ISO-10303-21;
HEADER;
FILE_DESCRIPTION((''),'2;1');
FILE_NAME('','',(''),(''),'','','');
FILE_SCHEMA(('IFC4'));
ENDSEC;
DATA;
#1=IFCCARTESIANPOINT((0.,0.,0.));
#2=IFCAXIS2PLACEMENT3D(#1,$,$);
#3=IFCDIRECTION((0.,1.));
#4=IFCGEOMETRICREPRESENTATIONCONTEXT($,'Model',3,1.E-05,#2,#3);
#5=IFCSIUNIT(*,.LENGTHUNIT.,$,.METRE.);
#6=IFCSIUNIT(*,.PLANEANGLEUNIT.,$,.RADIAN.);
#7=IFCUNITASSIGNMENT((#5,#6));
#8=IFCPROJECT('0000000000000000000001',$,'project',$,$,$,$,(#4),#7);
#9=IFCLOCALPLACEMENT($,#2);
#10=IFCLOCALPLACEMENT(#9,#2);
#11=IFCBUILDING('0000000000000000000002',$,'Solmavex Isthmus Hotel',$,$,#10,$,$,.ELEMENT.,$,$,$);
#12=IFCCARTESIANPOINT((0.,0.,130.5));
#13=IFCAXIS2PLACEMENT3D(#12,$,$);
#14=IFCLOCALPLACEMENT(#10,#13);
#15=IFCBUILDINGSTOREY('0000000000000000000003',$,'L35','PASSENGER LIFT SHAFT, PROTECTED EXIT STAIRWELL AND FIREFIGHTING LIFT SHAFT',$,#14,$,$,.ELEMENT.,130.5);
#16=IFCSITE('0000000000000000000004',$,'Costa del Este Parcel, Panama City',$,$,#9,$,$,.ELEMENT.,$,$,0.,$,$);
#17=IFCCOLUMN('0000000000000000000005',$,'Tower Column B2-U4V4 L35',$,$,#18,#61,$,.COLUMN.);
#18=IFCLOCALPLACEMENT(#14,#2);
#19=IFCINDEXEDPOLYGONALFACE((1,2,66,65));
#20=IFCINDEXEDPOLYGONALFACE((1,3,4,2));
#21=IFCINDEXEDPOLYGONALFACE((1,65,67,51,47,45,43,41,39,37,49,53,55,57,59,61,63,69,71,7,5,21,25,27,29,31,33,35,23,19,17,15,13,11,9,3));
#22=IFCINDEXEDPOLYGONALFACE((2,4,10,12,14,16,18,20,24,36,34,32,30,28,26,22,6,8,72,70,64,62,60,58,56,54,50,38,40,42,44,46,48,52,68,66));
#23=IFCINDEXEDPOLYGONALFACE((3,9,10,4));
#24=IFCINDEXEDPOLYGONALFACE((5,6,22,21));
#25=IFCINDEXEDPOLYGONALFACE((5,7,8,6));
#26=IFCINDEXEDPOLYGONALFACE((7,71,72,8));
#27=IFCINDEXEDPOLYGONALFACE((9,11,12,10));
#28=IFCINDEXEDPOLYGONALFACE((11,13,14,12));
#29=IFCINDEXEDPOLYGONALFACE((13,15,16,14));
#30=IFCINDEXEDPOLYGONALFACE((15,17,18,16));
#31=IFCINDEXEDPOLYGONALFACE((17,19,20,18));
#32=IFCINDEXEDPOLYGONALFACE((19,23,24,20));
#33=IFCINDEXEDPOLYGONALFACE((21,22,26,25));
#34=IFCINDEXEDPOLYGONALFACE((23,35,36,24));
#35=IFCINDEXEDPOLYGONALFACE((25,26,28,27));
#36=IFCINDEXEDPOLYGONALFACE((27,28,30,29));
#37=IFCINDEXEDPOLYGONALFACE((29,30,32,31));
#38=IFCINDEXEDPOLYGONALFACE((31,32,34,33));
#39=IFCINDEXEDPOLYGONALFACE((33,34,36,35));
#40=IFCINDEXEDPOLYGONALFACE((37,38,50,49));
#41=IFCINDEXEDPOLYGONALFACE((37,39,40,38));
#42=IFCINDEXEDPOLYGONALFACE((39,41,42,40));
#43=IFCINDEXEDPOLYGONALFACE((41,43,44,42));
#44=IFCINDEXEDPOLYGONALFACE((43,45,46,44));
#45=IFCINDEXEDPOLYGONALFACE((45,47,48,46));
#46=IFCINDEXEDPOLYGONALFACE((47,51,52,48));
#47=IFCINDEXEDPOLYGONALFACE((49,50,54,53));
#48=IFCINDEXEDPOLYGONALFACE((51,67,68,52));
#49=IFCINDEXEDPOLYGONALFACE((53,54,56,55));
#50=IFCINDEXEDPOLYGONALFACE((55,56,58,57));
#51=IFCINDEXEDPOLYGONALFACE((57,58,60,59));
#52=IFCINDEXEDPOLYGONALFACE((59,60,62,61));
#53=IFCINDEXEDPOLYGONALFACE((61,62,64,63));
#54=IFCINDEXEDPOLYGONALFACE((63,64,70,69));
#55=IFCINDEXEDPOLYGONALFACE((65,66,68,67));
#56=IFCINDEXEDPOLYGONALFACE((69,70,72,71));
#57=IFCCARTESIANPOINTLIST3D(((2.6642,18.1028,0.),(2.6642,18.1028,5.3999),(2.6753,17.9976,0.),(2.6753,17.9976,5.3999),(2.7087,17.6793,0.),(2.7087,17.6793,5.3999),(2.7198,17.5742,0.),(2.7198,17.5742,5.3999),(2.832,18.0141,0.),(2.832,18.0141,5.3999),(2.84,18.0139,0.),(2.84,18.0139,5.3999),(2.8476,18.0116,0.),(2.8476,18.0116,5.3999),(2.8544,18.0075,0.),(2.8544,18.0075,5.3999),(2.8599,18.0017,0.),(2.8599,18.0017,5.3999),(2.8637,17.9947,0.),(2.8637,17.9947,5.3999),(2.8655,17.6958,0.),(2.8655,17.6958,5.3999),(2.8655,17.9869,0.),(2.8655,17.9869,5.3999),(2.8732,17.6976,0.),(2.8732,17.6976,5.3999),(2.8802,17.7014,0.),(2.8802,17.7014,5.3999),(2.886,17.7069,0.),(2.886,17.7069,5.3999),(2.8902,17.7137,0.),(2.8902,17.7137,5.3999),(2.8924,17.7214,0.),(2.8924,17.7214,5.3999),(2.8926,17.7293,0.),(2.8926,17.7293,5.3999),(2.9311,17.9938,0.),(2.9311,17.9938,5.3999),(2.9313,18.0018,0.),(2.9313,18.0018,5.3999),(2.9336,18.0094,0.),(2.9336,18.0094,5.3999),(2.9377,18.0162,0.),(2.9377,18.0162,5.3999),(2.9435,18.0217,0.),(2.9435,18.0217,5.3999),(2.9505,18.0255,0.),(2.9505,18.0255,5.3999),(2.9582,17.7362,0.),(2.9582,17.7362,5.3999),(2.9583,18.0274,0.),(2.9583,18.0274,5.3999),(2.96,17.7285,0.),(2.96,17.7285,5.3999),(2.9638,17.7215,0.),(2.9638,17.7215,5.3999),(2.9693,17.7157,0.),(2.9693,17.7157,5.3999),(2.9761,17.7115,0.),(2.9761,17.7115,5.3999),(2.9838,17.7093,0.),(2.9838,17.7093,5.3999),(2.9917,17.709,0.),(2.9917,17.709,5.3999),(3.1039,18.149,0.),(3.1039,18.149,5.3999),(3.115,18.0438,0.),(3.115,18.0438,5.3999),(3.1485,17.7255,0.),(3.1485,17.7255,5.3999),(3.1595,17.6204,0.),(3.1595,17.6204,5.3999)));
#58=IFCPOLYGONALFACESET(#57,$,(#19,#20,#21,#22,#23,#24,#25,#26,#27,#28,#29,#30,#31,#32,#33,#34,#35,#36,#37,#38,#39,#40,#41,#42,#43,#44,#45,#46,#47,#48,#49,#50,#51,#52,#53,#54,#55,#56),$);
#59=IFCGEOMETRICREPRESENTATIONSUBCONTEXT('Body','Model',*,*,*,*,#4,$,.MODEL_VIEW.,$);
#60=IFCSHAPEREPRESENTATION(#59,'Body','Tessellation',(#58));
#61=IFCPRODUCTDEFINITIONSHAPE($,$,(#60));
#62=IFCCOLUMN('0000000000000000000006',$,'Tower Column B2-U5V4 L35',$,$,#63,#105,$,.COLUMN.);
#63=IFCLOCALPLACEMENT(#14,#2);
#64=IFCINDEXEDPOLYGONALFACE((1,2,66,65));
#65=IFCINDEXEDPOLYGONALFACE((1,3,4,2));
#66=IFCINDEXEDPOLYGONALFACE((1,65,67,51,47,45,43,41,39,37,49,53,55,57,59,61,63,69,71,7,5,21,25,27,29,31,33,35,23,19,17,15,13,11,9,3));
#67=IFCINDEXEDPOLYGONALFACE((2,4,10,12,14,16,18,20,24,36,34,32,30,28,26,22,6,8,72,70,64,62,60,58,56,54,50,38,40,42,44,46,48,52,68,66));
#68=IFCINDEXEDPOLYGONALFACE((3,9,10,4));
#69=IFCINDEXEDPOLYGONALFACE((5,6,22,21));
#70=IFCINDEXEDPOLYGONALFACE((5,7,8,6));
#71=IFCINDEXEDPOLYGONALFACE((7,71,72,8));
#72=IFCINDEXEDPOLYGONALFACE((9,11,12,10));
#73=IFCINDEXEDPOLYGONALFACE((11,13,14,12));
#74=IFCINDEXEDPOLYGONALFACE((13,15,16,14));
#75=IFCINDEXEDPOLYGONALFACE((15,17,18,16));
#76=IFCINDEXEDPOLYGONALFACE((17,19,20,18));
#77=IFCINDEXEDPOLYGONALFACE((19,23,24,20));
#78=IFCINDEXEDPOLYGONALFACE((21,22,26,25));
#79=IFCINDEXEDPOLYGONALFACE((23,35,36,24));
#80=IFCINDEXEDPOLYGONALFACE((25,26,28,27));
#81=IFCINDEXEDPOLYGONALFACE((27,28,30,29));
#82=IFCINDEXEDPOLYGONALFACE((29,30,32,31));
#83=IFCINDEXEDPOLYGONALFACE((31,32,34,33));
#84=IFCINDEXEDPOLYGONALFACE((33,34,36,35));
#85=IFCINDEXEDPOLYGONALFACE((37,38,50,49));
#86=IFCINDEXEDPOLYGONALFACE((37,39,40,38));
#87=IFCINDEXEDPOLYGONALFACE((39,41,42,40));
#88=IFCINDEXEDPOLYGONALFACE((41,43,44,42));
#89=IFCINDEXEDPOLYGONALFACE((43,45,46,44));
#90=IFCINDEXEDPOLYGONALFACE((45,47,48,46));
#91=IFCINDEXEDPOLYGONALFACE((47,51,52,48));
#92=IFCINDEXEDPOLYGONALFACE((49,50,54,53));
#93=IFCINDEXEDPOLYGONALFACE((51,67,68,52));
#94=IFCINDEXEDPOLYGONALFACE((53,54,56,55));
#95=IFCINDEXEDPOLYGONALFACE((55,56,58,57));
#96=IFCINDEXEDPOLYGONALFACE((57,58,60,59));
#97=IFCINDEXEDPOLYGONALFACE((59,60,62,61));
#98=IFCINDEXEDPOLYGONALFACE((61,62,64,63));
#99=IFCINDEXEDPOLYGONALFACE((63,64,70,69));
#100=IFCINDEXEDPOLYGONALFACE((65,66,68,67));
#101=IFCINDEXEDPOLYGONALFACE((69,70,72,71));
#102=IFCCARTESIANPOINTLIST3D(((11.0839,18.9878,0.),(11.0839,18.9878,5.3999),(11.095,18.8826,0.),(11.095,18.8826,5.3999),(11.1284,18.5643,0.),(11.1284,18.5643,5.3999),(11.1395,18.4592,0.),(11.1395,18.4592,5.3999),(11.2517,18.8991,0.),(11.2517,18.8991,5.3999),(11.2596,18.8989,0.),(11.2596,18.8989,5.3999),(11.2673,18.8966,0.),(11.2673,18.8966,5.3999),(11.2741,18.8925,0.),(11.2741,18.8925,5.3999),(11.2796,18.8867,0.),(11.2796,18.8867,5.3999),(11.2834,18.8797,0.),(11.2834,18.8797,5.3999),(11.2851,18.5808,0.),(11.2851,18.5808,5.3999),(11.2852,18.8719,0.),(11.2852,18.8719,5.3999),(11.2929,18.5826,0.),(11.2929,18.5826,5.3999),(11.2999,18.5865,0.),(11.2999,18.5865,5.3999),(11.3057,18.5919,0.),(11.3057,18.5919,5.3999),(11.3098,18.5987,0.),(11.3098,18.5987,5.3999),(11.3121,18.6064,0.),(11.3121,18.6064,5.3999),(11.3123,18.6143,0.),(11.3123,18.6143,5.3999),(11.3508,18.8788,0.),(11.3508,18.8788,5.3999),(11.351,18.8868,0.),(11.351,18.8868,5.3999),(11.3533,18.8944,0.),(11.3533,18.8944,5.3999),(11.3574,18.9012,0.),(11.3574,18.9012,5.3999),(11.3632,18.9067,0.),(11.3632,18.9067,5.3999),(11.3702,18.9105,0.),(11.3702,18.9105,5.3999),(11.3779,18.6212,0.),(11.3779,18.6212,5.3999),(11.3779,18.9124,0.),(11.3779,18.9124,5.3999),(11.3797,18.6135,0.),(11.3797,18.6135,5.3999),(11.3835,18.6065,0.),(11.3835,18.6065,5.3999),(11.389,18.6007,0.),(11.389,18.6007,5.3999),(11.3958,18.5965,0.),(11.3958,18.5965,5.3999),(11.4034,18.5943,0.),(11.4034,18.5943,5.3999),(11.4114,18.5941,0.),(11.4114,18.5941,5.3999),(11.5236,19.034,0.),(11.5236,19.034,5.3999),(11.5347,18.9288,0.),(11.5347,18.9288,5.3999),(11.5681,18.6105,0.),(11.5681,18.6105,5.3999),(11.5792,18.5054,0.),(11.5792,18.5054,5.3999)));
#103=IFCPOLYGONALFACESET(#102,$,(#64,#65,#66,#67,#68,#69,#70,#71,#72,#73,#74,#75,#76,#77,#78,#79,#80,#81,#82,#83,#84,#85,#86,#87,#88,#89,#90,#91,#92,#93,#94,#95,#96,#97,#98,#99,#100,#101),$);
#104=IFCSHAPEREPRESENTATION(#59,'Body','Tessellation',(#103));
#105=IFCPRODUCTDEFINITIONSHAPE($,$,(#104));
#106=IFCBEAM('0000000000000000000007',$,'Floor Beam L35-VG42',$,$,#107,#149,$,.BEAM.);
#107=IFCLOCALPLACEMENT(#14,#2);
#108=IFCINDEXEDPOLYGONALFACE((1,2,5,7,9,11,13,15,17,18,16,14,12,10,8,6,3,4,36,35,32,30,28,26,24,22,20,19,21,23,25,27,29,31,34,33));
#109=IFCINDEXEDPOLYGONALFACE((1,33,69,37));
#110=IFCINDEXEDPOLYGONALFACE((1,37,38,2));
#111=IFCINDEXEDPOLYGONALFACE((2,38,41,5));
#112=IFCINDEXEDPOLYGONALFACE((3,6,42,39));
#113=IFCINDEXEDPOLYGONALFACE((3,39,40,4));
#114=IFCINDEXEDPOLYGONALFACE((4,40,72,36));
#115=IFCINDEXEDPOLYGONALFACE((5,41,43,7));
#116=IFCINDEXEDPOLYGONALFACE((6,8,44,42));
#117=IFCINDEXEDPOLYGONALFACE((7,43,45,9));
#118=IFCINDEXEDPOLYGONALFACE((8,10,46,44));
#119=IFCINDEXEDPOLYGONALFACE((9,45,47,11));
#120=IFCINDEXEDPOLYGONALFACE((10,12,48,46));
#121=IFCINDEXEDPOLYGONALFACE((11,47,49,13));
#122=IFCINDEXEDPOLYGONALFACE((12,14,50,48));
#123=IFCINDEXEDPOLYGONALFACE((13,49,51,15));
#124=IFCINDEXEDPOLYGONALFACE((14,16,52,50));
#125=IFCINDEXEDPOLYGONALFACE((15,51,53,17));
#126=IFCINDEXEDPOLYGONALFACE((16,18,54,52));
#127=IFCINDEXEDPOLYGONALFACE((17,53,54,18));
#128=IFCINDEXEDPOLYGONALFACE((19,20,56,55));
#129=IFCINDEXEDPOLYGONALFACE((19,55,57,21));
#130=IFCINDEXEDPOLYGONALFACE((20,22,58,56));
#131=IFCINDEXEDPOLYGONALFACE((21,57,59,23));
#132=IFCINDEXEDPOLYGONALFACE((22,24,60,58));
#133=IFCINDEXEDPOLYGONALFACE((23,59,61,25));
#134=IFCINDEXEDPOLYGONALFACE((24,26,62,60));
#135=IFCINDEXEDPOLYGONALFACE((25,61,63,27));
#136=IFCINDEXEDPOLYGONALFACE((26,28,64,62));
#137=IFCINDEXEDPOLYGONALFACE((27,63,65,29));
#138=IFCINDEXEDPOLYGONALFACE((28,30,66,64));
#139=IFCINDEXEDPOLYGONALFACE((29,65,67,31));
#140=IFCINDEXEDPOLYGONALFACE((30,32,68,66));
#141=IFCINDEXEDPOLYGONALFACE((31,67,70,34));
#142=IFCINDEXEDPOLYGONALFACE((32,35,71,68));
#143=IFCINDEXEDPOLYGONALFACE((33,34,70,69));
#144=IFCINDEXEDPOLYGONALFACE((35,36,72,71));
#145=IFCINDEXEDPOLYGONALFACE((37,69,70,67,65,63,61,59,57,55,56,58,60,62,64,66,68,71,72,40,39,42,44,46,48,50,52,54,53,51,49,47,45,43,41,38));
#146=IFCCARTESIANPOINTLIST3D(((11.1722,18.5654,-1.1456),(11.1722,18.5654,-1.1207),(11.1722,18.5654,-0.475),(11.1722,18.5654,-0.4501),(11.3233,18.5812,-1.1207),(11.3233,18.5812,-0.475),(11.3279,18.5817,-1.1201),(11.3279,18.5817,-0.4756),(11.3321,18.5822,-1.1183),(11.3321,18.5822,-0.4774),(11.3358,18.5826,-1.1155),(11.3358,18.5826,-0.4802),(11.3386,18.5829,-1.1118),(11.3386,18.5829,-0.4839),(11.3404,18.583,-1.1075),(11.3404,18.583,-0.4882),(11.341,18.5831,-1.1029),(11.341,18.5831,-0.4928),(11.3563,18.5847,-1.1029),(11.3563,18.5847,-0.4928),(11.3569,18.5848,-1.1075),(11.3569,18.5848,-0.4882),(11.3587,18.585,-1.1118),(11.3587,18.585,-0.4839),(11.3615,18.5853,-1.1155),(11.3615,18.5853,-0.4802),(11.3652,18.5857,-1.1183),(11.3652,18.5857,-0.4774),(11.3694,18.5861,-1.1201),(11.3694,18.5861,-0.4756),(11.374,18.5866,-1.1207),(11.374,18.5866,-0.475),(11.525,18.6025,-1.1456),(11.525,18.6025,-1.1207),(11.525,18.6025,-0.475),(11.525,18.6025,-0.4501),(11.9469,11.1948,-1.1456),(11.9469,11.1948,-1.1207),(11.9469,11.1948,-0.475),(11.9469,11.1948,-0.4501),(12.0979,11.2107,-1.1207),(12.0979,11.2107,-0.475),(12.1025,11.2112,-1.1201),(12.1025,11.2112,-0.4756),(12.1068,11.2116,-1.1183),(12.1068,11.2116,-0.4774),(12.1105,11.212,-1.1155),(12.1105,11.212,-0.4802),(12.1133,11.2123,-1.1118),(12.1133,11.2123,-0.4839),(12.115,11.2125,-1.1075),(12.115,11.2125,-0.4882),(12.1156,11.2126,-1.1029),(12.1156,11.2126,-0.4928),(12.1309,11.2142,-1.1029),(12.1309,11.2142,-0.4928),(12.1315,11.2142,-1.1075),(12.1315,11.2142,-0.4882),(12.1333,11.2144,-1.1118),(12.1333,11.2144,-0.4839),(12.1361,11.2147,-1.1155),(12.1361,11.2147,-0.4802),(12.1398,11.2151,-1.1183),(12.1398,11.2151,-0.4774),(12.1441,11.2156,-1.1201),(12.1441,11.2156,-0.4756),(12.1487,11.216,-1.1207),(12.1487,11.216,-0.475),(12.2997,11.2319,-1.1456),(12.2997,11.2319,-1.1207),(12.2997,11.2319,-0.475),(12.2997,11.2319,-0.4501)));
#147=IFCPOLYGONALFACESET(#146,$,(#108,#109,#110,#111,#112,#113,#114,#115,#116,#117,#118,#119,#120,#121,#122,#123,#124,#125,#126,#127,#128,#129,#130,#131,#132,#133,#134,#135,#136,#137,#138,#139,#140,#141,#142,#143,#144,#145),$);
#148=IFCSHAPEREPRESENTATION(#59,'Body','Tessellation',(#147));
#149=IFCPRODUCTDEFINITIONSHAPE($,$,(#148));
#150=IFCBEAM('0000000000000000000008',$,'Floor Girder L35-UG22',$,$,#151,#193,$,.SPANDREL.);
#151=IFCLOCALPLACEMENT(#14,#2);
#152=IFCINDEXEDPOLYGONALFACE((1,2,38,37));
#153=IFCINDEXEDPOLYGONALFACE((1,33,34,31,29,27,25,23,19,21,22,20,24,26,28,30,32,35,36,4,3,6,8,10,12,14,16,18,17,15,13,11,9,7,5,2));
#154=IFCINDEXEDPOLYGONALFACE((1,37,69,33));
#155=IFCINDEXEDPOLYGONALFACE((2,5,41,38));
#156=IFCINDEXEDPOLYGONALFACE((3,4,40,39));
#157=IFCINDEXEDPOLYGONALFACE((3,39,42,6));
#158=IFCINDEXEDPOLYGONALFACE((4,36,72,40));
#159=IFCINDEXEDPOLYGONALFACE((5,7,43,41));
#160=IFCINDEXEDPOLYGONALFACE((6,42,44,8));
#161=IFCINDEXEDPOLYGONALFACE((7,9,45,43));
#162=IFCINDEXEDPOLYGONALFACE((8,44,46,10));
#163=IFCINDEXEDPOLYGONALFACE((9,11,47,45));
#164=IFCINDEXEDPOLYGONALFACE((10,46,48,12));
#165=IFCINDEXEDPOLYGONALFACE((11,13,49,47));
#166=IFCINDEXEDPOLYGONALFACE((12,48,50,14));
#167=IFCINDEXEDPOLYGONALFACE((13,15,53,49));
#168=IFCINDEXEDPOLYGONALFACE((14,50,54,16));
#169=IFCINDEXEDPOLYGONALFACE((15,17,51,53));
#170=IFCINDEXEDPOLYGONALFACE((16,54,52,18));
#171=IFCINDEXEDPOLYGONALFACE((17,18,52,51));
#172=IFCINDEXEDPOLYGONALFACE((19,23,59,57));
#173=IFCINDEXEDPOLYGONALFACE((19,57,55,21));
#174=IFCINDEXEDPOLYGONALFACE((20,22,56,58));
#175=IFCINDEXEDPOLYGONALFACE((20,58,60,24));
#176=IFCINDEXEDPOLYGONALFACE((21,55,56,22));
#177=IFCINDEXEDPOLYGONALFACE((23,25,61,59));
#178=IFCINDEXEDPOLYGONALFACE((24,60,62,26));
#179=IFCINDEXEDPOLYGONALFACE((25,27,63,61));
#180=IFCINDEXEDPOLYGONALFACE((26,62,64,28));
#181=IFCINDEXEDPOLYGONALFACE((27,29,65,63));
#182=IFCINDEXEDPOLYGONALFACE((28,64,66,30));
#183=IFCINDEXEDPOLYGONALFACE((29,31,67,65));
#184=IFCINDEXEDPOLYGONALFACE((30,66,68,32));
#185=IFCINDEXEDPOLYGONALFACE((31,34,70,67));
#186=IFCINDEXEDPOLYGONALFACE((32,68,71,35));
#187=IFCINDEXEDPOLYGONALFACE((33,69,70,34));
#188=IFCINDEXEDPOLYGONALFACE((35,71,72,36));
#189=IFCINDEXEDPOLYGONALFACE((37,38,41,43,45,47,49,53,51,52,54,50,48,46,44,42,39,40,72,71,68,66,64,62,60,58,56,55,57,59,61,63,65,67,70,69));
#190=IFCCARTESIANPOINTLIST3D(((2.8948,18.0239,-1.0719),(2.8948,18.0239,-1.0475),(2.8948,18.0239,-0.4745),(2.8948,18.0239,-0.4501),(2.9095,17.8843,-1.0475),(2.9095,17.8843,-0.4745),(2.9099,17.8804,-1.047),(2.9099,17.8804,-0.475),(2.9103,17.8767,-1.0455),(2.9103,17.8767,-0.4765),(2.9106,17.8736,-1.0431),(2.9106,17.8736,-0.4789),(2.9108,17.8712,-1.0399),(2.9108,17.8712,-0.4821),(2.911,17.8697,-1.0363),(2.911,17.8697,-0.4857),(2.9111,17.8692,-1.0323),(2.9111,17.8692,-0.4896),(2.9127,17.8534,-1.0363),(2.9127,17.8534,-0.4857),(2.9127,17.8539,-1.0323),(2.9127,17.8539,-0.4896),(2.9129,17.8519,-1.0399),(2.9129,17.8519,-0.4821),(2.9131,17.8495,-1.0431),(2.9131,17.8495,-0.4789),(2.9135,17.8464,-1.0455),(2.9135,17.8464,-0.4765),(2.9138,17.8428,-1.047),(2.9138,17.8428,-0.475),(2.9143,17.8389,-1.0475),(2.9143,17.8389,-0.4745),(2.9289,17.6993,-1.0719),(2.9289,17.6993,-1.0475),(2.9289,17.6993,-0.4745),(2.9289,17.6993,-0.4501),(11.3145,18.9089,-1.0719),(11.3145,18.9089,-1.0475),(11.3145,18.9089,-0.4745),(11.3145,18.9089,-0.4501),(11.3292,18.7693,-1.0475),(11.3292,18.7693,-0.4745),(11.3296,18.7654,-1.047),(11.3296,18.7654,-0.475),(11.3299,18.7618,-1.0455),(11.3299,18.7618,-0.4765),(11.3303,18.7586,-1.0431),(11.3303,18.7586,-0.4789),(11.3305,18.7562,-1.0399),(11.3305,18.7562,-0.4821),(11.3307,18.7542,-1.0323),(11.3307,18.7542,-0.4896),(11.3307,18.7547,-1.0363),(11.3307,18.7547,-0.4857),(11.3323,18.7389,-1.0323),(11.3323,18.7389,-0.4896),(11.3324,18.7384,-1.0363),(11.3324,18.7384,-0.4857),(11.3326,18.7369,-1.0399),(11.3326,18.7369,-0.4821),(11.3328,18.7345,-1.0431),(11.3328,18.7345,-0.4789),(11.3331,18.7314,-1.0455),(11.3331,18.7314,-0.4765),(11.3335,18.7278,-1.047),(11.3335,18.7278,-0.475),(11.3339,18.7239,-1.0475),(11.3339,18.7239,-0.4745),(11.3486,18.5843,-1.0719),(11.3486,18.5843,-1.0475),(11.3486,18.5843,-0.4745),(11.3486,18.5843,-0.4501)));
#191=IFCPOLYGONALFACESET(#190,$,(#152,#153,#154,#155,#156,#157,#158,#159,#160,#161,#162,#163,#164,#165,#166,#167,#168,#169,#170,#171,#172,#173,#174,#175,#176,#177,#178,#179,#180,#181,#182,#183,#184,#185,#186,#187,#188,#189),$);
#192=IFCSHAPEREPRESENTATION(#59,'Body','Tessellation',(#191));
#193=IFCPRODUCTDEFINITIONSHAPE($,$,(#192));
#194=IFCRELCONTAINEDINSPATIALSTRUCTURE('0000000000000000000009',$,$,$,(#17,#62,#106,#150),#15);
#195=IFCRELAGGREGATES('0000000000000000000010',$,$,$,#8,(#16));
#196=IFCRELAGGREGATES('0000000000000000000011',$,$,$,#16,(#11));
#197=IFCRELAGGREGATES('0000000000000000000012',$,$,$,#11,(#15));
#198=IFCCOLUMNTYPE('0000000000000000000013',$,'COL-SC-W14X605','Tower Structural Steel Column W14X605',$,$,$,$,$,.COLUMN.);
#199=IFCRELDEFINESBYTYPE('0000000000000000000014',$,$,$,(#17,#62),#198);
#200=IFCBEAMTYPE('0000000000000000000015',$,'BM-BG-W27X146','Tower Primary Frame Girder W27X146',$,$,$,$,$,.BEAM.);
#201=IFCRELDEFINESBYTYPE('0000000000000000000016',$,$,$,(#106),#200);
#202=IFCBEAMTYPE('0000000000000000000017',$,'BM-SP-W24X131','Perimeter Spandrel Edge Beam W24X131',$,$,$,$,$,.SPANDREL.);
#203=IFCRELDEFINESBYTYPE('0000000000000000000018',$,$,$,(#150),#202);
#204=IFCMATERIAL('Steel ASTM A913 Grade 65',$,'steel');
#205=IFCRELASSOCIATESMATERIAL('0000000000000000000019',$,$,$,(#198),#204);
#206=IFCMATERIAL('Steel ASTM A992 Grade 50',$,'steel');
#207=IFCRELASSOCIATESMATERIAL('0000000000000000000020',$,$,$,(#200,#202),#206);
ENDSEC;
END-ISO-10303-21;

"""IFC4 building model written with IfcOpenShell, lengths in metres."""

from ifc_helpers import new_model, si_unit, direction, frame, origin, origin_2d, place, context, subcontext, project, spatial, i_section, extrude, material, material_profile, profile_set, type_object, element, save


model = new_model("IFC4")

# Units and contexts
model_context = context("Model", 3, precision=1e-05, world=origin(), true_north=direction((0.0, 1.0)))
body_context = subcontext(model_context, "Body", "Model", "MODEL_VIEW")
ifc_project = project(units=[si_unit("LENGTHUNIT", "METRE"), si_unit("PLANEANGLEUNIT", "RADIAN")], contexts=[model_context])

# Site, building, storey
site_placement = place(None, origin())
site = spatial("IfcSite", under=ifc_project, at=site_placement, Name="Costa del Este Parcel, Panama City", CompositionType="ELEMENT", RefElevation=0.0)
building_placement = place(site_placement, origin())
building = spatial("IfcBuilding", under=site, at=building_placement, Name="Solmavex Isthmus Hotel", CompositionType="ELEMENT")
storey_placement = place(building_placement, frame((0.0, 0.0, 130.5)))
storey = spatial("IfcBuildingStorey", under=building, at=storey_placement, Name="L35", Description="PASSENGER LIFT SHAFT, PROTECTED EXIT STAIRWELL AND FIREFIGHTING LIFT SHAFT", CompositionType="ELEMENT", Elevation=130.5)

# Columns
ifc_material_1 = material(Name="Steel ASTM A913 Grade 65", Category="steel")
ifc_material_profile_1 = material_profile(ifc_material_1, i_section(OverallWidth=0.4421, OverallDepth=0.5315, WebThickness=0.0659, FlangeThickness=0.1057, FilletRadius=0.0305, at=origin_2d()), Name="W14X605")
ifc_profile_set_1 = profile_set([ifc_material_profile_1], Name="Steel ASTM A913 Grade 65")
column_type = type_object("IfcColumnType", Name="COL-SC-W14X605", Description="Tower Structural Steel Column W14X605", PredefinedType="COLUMN", material=ifc_profile_set_1)
for number, where, z_axis, x_axis, name in (
    (1, (2.9119, 17.8616, 0.0), (0.0, 0.0, 1.0), (0.994522, 0.104528, 0.0), "Tower Column B2-U4V4 L35"),
    (2, (11.3315, 18.7466, 0.0), (0.0, 0.0, 1.0), (0.994522, 0.104528, 0.0), "Tower Column B2-U5V4 L35"),
):
    element("IfcColumn", number, at=place(storey_placement, frame(where, z_axis=z_axis, x_axis=x_axis)), inside=storey, type_object=column_type, Name=name, PredefinedType="COLUMN", context=body_context, shape_type="SweptSolid", body=[
        extrude(i_section(OverallWidth=0.4421, OverallDepth=0.5315, WebThickness=0.0659, FlangeThickness=0.1057, FilletRadius=0.0305, at=origin_2d()), origin(), (0.0, 0.0, 1.0), 5.3999),
    ])

# Beams
ifc_material_2 = material(Name="Steel ASTM A992 Grade 50", Category="steel")
ifc_material_profile_2 = material_profile(ifc_material_2, i_section(OverallWidth=0.3547, OverallDepth=0.6956, WebThickness=0.0154, FlangeThickness=0.0249, FilletRadius=0.0178, at=origin_2d()), Name="W27X146")
ifc_profile_set_2 = profile_set([ifc_material_profile_2], Name="Steel ASTM A992 Grade 50")
beam_type_1 = type_object("IfcBeamType", Name="BM-BG-W27X146", Description="Tower Primary Frame Girder W27X146", PredefinedType="BEAM", material=ifc_profile_set_2)
beam_1_placement = place(storey_placement, frame((12.1233, 11.2134, -0.7979), z_axis=(-0.104525, 0.994522, 0.0), x_axis=(-0.994522, -0.104525, 0.0)))
element("IfcBeam", 3, at=beam_1_placement, inside=storey, type_object=beam_type_1, Name="Floor Beam L35-VG42", PredefinedType="BEAM", context=body_context, shape_type="SweptSolid", body=[
    extrude(i_section(OverallWidth=0.3547, OverallDepth=0.6956, WebThickness=0.0154, FlangeThickness=0.0249, FilletRadius=0.0178, at=origin_2d()), origin(), (0.0, 0.0, 1.0), 7.4111),
])
ifc_material_profile_3 = material_profile(ifc_material_2, i_section(OverallWidth=0.3264, OverallDepth=0.6218, WebThickness=0.0154, FlangeThickness=0.0244, FilletRadius=0.0151, at=origin_2d()), Name="W24X131")
ifc_profile_set_3 = profile_set([ifc_material_profile_3], Name="Steel ASTM A992 Grade 50")
beam_type_2 = type_object("IfcBeamType", Name="BM-SP-W24X131", Description="Perimeter Spandrel Edge Beam W24X131", PredefinedType="SPANDREL", material=ifc_profile_set_3)
for number, where, z_axis, x_axis, name in (
    (4, (2.9119, 17.8616, -0.761), (0.994521, 0.104536, 0.0), (-0.104536, 0.994521, 0.0), "Floor Girder L35-UG22"),
):
    element("IfcBeam", number, at=place(storey_placement, frame(where, z_axis=z_axis, x_axis=x_axis)), inside=storey, type_object=beam_type_2, Name=name, PredefinedType="SPANDREL", context=body_context, shape_type="SweptSolid", body=[
        extrude(i_section(OverallWidth=0.3264, OverallDepth=0.6218, WebThickness=0.0154, FlangeThickness=0.0244, FilletRadius=0.0151, at=origin_2d()), origin(), (0.0, 0.0, 1.0), 8.4661),
    ])

save(model, "model.ifc")
